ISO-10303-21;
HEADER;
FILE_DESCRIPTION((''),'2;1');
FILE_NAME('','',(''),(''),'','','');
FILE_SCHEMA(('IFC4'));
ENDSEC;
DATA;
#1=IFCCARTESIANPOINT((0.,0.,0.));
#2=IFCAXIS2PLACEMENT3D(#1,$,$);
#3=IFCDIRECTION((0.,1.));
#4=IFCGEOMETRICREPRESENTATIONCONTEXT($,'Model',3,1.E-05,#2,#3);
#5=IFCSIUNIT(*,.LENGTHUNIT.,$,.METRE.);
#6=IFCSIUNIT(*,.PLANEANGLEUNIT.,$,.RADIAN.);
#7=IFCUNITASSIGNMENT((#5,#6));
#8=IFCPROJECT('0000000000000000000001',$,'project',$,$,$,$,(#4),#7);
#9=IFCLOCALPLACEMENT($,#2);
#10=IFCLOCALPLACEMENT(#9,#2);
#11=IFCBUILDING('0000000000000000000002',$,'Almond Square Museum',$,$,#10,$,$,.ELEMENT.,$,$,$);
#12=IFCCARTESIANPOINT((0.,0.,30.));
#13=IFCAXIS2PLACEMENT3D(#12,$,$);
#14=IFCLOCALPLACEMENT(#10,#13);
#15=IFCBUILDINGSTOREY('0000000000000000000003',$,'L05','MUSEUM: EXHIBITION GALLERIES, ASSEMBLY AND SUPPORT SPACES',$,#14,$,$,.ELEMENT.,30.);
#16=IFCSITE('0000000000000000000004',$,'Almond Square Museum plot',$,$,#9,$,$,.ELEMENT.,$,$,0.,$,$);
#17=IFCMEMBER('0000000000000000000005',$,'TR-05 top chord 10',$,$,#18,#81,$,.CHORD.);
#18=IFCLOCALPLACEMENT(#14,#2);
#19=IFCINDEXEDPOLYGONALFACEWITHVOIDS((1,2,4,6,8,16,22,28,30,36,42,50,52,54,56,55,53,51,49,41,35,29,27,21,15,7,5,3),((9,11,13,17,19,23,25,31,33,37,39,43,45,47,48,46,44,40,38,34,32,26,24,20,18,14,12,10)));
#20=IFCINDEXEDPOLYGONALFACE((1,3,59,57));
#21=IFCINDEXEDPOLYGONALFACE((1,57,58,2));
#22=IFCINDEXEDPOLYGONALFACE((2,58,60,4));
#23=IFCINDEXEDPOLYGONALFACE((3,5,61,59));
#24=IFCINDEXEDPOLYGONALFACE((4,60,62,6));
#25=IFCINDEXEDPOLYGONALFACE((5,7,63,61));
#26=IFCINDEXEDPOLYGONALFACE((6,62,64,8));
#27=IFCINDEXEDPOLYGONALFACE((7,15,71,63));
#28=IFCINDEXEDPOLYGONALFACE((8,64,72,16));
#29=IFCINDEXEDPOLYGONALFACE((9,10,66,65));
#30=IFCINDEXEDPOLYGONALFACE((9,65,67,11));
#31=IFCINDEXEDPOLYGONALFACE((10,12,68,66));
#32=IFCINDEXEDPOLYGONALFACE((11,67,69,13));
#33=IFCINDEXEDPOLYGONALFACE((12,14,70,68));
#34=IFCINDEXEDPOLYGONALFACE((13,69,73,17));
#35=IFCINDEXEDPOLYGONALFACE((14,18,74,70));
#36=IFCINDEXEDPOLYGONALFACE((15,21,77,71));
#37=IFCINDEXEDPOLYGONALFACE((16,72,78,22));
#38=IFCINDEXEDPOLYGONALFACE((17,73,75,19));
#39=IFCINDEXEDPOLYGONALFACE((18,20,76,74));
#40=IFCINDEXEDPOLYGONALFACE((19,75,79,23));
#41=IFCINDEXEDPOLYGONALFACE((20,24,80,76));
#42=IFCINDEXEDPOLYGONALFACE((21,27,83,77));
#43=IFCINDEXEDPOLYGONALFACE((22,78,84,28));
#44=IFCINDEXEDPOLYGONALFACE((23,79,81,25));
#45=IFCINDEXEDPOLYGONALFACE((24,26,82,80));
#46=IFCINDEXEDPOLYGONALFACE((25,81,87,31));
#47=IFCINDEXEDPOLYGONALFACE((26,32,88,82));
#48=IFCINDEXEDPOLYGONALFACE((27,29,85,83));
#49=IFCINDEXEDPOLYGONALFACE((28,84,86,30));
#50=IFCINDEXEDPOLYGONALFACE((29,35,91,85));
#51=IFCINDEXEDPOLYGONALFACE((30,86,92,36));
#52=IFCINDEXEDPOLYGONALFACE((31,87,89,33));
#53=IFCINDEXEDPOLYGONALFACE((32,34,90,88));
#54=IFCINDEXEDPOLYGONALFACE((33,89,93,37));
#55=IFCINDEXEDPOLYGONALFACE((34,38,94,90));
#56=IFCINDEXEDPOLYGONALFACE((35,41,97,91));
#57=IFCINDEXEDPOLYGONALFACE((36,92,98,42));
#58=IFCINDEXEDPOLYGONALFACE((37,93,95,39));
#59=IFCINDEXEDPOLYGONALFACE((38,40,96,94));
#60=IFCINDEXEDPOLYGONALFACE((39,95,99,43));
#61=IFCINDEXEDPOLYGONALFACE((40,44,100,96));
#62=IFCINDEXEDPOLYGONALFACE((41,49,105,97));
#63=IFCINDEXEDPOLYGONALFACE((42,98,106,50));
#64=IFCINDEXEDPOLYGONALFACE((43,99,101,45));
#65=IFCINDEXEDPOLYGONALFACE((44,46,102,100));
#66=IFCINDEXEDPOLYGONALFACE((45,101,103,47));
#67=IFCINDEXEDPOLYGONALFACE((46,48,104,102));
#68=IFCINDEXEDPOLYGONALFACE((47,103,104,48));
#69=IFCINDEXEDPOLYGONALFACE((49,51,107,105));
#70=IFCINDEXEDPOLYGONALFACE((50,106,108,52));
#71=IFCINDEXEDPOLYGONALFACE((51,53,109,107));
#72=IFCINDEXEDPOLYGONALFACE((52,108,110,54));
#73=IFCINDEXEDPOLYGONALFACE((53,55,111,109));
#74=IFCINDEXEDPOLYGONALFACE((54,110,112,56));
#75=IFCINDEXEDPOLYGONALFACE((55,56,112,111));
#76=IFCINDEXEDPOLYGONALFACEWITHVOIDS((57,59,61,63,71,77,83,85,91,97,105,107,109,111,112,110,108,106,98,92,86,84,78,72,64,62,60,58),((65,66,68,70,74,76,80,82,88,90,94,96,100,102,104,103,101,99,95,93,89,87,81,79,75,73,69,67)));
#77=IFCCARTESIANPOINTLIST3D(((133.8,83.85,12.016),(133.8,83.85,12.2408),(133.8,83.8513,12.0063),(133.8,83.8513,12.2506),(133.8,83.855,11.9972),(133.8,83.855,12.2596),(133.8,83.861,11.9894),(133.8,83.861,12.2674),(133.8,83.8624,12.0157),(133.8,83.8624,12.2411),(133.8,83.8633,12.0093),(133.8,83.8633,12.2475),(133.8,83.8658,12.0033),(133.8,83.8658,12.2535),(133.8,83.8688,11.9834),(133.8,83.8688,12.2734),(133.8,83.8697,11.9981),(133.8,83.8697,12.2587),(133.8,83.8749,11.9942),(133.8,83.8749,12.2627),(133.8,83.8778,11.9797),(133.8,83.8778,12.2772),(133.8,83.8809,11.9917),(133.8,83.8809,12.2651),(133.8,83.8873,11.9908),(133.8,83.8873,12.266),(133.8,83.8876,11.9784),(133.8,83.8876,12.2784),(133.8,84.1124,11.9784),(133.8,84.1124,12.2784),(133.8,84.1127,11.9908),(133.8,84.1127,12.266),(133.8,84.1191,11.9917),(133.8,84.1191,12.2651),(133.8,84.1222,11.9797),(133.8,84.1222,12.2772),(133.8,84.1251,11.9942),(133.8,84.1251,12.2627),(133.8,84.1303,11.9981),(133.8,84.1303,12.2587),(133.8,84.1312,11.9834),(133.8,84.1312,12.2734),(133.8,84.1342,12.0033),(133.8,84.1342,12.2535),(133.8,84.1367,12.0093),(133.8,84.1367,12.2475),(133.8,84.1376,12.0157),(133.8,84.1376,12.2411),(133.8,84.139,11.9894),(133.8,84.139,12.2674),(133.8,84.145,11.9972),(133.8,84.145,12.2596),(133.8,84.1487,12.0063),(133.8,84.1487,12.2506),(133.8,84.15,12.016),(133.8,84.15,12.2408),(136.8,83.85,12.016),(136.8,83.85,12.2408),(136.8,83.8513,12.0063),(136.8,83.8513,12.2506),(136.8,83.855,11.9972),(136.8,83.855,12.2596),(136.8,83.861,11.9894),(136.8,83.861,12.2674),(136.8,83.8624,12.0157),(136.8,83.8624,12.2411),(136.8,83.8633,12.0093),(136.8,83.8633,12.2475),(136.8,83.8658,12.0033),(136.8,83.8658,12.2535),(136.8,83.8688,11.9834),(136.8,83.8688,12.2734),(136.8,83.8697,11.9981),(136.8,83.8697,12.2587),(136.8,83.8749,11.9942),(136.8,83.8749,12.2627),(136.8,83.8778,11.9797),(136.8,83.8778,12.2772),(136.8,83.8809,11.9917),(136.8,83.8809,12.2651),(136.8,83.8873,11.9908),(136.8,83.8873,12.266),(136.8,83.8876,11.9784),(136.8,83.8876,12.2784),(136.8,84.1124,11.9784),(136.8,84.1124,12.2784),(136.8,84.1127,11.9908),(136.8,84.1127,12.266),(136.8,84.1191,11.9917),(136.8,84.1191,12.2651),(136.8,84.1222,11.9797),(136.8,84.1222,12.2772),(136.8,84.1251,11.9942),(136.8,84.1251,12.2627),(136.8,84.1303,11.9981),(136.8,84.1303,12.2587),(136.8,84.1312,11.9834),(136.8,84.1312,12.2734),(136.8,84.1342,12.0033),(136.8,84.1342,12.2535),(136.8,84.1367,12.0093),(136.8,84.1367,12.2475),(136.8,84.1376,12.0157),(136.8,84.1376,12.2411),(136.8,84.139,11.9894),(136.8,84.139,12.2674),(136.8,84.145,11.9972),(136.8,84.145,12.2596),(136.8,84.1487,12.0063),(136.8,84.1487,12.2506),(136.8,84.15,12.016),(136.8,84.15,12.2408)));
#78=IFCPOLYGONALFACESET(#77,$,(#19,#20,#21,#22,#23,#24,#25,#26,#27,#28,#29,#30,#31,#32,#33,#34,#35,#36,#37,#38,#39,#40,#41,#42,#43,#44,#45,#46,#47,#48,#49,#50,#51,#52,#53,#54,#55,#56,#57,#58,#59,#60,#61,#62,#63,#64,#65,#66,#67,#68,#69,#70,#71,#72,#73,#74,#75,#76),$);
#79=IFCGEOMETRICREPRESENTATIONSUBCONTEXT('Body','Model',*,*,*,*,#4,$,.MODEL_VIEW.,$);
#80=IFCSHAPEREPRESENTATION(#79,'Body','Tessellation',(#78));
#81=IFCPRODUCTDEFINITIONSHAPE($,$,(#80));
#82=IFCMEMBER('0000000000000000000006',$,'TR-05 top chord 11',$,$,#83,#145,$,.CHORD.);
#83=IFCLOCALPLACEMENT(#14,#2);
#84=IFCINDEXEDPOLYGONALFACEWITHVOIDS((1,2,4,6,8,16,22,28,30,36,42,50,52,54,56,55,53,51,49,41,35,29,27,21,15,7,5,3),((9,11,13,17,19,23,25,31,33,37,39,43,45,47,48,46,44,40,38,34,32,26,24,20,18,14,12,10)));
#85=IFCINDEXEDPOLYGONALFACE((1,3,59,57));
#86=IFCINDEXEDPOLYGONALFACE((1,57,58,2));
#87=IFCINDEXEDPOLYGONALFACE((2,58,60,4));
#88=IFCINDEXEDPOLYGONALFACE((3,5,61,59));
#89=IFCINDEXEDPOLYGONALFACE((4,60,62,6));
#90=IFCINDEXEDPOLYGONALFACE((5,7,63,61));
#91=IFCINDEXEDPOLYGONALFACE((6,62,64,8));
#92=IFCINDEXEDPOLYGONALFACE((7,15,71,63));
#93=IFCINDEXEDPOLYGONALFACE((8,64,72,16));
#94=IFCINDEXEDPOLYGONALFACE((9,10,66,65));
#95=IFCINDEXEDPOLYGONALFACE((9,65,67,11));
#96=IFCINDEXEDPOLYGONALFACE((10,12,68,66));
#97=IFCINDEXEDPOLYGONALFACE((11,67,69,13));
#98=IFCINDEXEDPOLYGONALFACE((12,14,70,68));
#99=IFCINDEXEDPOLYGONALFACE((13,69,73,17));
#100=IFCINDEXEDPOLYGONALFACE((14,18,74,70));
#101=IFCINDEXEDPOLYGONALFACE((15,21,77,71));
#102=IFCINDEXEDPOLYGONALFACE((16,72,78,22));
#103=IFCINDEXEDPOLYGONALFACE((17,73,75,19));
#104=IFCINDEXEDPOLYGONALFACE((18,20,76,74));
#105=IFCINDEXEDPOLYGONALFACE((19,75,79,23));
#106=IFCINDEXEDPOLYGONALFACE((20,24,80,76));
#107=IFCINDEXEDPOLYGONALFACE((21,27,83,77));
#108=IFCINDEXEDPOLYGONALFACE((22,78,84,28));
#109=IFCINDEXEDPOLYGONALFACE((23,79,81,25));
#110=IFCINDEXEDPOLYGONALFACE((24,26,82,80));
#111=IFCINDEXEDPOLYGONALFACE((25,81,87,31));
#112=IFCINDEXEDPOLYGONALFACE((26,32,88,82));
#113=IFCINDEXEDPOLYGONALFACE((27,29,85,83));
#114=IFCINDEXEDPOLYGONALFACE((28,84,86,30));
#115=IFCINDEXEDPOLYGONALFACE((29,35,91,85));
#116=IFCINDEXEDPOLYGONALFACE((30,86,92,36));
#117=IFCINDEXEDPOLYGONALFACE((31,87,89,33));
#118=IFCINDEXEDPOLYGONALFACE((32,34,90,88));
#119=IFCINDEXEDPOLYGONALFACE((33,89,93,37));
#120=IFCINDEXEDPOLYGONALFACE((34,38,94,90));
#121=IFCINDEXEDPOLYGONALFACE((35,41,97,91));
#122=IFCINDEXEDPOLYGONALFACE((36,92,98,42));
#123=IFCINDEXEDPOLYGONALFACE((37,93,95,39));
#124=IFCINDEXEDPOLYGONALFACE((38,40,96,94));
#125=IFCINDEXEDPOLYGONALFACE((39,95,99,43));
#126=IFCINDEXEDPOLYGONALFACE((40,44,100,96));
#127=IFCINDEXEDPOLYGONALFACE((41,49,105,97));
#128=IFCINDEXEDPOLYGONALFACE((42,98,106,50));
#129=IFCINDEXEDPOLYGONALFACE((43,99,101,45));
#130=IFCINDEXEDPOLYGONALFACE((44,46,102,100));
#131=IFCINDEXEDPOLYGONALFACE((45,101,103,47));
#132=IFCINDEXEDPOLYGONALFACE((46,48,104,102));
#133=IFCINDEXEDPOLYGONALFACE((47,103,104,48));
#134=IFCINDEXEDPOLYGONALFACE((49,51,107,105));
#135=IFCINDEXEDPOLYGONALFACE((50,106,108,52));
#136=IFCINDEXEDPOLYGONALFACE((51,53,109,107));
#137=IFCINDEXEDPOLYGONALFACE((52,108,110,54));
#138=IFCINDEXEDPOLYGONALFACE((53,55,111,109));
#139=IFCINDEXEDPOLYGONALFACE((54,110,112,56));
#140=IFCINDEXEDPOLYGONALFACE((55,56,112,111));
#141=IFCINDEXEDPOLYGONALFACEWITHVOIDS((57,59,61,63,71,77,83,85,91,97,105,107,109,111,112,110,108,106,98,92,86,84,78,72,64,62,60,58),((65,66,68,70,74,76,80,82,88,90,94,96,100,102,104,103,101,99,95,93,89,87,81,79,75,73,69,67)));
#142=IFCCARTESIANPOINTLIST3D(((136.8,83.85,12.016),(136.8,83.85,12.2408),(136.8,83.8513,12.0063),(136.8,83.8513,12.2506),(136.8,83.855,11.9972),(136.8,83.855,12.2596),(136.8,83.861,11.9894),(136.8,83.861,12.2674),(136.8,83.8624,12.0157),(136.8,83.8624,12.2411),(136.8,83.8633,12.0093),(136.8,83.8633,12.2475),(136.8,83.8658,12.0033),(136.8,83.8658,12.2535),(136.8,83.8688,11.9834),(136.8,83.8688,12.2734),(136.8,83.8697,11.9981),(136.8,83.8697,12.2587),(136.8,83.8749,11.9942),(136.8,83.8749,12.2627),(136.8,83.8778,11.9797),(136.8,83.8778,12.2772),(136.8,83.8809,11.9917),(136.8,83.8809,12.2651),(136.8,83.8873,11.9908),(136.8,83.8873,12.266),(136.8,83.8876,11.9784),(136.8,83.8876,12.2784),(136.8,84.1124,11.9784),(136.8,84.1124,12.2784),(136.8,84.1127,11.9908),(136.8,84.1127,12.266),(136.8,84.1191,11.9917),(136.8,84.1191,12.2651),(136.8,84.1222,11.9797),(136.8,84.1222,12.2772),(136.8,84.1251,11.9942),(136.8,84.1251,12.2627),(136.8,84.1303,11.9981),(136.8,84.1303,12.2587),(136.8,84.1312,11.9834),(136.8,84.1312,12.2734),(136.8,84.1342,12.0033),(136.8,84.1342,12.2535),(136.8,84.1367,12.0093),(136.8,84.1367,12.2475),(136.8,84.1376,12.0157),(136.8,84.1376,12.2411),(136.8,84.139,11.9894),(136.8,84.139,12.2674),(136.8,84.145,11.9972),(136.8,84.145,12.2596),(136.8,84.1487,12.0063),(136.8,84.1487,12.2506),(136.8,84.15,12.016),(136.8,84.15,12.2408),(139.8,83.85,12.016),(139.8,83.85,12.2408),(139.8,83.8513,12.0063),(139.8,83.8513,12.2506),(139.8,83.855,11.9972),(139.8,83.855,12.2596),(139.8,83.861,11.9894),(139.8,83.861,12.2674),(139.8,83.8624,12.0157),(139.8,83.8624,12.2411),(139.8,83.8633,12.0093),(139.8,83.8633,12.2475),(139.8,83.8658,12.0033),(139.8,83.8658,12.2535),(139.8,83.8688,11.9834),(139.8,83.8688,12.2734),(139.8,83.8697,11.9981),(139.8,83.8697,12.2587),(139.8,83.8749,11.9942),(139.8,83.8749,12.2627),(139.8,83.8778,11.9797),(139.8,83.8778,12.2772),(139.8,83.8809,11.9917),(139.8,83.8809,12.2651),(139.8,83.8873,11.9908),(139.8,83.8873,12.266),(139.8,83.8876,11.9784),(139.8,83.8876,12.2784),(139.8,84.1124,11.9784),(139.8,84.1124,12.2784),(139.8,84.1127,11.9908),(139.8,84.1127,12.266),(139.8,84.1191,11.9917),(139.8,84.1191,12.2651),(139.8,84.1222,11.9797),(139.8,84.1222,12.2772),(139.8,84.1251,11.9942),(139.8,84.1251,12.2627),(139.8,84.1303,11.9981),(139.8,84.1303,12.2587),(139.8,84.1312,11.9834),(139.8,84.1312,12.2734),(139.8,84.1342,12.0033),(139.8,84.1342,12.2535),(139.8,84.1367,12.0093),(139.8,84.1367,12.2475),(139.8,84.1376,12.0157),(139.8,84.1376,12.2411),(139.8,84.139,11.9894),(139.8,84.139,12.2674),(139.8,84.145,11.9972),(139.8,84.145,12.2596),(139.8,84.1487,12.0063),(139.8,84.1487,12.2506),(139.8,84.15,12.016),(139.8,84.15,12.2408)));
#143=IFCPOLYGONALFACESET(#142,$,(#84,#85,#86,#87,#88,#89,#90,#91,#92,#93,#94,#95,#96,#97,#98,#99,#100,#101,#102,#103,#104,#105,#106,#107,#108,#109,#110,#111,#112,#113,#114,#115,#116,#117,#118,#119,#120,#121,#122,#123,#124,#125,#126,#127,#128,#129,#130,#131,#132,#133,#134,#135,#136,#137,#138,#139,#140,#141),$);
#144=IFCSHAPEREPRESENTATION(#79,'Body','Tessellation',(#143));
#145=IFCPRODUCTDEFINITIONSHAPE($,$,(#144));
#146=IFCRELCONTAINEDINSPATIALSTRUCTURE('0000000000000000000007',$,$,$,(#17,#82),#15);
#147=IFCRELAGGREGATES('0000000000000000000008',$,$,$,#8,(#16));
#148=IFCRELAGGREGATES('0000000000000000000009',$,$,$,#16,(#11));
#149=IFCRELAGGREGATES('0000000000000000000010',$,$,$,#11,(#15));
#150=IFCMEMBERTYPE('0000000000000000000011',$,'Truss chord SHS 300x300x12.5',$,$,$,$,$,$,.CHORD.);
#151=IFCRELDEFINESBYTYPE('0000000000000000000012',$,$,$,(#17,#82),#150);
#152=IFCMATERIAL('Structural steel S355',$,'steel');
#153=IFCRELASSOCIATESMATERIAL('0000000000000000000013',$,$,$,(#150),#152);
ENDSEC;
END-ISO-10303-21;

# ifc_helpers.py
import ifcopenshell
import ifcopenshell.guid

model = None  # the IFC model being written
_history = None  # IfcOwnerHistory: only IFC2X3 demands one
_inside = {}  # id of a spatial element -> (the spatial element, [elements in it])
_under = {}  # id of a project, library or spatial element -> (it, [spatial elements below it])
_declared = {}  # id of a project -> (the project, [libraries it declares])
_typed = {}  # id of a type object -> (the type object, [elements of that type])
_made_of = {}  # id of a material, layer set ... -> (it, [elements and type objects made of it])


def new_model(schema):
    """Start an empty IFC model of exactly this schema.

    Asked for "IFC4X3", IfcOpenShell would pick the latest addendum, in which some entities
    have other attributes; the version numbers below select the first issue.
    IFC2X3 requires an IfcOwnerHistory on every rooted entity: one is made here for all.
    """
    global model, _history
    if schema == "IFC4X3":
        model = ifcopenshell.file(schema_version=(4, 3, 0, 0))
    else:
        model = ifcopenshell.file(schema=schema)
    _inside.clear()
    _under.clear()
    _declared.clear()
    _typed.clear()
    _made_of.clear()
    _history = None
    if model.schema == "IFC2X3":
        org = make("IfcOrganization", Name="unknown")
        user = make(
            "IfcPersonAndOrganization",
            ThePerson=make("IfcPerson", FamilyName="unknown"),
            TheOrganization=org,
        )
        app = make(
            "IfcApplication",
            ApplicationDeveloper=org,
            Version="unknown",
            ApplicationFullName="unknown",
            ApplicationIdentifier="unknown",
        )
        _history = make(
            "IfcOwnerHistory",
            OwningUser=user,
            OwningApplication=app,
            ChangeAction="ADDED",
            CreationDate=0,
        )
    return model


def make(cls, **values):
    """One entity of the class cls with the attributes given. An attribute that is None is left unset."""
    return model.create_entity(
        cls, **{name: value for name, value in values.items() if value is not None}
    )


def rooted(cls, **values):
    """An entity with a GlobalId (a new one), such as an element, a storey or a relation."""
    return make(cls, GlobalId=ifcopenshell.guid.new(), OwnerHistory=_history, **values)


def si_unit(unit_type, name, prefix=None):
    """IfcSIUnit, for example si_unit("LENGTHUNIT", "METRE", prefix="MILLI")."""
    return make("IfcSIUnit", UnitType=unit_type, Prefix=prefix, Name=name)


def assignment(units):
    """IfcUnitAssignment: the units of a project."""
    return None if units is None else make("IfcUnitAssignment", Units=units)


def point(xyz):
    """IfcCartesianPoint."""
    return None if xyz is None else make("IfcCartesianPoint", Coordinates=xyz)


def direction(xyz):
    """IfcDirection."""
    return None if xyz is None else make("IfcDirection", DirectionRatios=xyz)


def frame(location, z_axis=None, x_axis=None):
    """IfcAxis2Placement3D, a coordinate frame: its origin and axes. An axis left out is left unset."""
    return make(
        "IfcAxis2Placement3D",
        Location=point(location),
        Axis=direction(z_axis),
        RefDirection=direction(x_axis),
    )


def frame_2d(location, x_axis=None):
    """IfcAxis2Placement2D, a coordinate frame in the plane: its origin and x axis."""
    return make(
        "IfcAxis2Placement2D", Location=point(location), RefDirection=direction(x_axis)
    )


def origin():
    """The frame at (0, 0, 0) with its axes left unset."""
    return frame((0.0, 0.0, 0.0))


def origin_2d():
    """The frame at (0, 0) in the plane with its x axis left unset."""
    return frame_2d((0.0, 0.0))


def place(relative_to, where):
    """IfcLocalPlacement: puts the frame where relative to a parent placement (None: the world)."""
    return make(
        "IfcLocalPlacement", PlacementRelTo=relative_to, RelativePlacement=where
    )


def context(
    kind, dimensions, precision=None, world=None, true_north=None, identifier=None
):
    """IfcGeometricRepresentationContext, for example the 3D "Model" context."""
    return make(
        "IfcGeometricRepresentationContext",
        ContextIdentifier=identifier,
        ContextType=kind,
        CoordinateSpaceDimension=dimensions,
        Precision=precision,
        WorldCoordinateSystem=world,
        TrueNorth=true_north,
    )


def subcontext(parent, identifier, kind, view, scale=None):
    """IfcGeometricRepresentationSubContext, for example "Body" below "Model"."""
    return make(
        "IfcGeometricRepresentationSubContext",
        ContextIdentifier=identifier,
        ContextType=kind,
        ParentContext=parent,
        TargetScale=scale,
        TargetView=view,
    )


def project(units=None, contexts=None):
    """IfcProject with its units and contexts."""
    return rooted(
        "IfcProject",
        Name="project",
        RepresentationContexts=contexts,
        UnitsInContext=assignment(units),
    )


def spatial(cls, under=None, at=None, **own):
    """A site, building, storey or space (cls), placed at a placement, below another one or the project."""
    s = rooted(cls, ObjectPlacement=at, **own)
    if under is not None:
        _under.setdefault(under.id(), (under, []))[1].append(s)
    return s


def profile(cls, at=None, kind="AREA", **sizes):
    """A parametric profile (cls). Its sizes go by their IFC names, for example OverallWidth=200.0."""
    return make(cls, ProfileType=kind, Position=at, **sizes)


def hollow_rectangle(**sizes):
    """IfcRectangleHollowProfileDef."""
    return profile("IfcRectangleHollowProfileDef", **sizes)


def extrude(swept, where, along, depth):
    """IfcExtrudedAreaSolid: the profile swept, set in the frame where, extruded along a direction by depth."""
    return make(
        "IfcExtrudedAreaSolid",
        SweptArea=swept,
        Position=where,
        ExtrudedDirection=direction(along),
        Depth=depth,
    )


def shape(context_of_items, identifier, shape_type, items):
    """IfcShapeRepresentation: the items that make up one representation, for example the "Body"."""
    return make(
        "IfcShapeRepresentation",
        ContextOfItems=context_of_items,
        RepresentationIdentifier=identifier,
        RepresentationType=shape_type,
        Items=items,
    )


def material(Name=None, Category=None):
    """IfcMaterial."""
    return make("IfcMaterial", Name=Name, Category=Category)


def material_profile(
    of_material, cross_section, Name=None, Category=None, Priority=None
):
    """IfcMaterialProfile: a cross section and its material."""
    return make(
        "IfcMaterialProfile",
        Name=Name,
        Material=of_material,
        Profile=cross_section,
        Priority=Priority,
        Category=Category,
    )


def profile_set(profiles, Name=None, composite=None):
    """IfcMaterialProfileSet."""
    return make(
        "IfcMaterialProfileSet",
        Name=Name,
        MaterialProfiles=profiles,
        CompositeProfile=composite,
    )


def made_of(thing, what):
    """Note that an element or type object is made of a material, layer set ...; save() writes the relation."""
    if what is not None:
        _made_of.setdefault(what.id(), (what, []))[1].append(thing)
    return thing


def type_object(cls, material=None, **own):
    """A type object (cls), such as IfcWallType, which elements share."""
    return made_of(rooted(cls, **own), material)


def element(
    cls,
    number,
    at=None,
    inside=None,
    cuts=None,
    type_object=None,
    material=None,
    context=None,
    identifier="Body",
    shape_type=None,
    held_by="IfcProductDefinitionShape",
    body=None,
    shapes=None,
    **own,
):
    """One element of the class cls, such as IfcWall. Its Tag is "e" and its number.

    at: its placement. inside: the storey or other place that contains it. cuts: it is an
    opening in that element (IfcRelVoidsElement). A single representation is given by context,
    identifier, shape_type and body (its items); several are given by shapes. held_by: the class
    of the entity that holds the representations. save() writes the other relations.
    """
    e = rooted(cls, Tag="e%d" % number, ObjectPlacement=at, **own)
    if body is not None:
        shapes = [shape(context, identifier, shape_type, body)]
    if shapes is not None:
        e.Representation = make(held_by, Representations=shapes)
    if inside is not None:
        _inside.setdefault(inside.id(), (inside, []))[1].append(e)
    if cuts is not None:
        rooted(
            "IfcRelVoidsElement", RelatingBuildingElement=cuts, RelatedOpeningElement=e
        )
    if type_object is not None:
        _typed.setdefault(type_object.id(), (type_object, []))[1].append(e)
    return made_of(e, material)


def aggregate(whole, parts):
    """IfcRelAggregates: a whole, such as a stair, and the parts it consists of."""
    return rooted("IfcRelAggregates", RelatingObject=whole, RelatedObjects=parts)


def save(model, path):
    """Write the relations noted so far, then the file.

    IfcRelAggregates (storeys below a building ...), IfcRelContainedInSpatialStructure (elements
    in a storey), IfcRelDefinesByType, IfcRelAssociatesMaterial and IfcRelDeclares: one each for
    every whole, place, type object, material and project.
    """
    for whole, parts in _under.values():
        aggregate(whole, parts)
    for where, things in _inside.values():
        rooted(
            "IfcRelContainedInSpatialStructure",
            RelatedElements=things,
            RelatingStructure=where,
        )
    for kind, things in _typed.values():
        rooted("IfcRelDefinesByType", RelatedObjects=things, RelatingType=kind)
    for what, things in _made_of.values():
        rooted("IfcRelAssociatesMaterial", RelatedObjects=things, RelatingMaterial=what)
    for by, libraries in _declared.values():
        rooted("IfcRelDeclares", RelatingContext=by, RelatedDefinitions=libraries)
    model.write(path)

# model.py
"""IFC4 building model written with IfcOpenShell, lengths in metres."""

from ifc_helpers import new_model, si_unit, direction, frame, origin, origin_2d, place, context, subcontext, project, spatial, hollow_rectangle, extrude, material, material_profile, profile_set, type_object, element, save


model = new_model("IFC4")

# Units and contexts
model_context = context("Model", 3, precision=1e-05, world=origin(), true_north=direction((0.0, 1.0)))
body_context = subcontext(model_context, "Body", "Model", "MODEL_VIEW")
ifc_project = project(units=[si_unit("LENGTHUNIT", "METRE"), si_unit("PLANEANGLEUNIT", "RADIAN")], contexts=[model_context])

# Site, building, storey
site_placement = place(None, origin())
site = spatial("IfcSite", under=ifc_project, at=site_placement, Name="Almond Square Museum plot", CompositionType="ELEMENT", RefElevation=0.0)
building_placement = place(site_placement, origin())
building = spatial("IfcBuilding", under=site, at=building_placement, Name="Almond Square Museum", CompositionType="ELEMENT")
storey_placement = place(building_placement, frame((0.0, 0.0, 30.0)))
storey = spatial("IfcBuildingStorey", under=building, at=storey_placement, Name="L05", Description="MUSEUM: EXHIBITION GALLERIES, ASSEMBLY AND SUPPORT SPACES", CompositionType="ELEMENT", Elevation=30.0)

# Members
ifc_material_1 = material(Name="Structural steel S355", Category="steel")
ifc_material_profile_1 = material_profile(ifc_material_1, hollow_rectangle(XDim=0.3, YDim=0.3, WallThickness=0.0125, InnerFilletRadius=0.0249, OuterFilletRadius=0.0376, at=origin_2d()))
ifc_profile_set_1 = profile_set([ifc_material_profile_1], Name="Structural steel S355")
member_type_1 = type_object("IfcMemberType", Name="Truss chord SHS 300x300x12.5", PredefinedType="CHORD", material=ifc_profile_set_1)
for number, where, z_axis, x_axis, name in (
    (1, (133.8, 84.0, 12.1284), (1.0, 0.0, 0.0), (0.0, 1.0, 0.0), "TR-05 top chord 10"),
    (2, (136.8, 84.0, 12.1284), (1.0, 0.0, 0.0), (0.0, 1.0, 0.0), "TR-05 top chord 11"),
):
    element("IfcMember", number, at=place(storey_placement, frame(where, z_axis=z_axis, x_axis=x_axis)), inside=storey, type_object=member_type_1, Name=name, PredefinedType="CHORD", context=body_context, shape_type="SweptSolid", body=[
        extrude(hollow_rectangle(XDim=0.3, YDim=0.3, WallThickness=0.0125, InnerFilletRadius=0.0249, OuterFilletRadius=0.0376, at=origin_2d()), origin(), (0.0, 0.0, 1.0), 3.0),
    ])

save(model, "model.ifc")
